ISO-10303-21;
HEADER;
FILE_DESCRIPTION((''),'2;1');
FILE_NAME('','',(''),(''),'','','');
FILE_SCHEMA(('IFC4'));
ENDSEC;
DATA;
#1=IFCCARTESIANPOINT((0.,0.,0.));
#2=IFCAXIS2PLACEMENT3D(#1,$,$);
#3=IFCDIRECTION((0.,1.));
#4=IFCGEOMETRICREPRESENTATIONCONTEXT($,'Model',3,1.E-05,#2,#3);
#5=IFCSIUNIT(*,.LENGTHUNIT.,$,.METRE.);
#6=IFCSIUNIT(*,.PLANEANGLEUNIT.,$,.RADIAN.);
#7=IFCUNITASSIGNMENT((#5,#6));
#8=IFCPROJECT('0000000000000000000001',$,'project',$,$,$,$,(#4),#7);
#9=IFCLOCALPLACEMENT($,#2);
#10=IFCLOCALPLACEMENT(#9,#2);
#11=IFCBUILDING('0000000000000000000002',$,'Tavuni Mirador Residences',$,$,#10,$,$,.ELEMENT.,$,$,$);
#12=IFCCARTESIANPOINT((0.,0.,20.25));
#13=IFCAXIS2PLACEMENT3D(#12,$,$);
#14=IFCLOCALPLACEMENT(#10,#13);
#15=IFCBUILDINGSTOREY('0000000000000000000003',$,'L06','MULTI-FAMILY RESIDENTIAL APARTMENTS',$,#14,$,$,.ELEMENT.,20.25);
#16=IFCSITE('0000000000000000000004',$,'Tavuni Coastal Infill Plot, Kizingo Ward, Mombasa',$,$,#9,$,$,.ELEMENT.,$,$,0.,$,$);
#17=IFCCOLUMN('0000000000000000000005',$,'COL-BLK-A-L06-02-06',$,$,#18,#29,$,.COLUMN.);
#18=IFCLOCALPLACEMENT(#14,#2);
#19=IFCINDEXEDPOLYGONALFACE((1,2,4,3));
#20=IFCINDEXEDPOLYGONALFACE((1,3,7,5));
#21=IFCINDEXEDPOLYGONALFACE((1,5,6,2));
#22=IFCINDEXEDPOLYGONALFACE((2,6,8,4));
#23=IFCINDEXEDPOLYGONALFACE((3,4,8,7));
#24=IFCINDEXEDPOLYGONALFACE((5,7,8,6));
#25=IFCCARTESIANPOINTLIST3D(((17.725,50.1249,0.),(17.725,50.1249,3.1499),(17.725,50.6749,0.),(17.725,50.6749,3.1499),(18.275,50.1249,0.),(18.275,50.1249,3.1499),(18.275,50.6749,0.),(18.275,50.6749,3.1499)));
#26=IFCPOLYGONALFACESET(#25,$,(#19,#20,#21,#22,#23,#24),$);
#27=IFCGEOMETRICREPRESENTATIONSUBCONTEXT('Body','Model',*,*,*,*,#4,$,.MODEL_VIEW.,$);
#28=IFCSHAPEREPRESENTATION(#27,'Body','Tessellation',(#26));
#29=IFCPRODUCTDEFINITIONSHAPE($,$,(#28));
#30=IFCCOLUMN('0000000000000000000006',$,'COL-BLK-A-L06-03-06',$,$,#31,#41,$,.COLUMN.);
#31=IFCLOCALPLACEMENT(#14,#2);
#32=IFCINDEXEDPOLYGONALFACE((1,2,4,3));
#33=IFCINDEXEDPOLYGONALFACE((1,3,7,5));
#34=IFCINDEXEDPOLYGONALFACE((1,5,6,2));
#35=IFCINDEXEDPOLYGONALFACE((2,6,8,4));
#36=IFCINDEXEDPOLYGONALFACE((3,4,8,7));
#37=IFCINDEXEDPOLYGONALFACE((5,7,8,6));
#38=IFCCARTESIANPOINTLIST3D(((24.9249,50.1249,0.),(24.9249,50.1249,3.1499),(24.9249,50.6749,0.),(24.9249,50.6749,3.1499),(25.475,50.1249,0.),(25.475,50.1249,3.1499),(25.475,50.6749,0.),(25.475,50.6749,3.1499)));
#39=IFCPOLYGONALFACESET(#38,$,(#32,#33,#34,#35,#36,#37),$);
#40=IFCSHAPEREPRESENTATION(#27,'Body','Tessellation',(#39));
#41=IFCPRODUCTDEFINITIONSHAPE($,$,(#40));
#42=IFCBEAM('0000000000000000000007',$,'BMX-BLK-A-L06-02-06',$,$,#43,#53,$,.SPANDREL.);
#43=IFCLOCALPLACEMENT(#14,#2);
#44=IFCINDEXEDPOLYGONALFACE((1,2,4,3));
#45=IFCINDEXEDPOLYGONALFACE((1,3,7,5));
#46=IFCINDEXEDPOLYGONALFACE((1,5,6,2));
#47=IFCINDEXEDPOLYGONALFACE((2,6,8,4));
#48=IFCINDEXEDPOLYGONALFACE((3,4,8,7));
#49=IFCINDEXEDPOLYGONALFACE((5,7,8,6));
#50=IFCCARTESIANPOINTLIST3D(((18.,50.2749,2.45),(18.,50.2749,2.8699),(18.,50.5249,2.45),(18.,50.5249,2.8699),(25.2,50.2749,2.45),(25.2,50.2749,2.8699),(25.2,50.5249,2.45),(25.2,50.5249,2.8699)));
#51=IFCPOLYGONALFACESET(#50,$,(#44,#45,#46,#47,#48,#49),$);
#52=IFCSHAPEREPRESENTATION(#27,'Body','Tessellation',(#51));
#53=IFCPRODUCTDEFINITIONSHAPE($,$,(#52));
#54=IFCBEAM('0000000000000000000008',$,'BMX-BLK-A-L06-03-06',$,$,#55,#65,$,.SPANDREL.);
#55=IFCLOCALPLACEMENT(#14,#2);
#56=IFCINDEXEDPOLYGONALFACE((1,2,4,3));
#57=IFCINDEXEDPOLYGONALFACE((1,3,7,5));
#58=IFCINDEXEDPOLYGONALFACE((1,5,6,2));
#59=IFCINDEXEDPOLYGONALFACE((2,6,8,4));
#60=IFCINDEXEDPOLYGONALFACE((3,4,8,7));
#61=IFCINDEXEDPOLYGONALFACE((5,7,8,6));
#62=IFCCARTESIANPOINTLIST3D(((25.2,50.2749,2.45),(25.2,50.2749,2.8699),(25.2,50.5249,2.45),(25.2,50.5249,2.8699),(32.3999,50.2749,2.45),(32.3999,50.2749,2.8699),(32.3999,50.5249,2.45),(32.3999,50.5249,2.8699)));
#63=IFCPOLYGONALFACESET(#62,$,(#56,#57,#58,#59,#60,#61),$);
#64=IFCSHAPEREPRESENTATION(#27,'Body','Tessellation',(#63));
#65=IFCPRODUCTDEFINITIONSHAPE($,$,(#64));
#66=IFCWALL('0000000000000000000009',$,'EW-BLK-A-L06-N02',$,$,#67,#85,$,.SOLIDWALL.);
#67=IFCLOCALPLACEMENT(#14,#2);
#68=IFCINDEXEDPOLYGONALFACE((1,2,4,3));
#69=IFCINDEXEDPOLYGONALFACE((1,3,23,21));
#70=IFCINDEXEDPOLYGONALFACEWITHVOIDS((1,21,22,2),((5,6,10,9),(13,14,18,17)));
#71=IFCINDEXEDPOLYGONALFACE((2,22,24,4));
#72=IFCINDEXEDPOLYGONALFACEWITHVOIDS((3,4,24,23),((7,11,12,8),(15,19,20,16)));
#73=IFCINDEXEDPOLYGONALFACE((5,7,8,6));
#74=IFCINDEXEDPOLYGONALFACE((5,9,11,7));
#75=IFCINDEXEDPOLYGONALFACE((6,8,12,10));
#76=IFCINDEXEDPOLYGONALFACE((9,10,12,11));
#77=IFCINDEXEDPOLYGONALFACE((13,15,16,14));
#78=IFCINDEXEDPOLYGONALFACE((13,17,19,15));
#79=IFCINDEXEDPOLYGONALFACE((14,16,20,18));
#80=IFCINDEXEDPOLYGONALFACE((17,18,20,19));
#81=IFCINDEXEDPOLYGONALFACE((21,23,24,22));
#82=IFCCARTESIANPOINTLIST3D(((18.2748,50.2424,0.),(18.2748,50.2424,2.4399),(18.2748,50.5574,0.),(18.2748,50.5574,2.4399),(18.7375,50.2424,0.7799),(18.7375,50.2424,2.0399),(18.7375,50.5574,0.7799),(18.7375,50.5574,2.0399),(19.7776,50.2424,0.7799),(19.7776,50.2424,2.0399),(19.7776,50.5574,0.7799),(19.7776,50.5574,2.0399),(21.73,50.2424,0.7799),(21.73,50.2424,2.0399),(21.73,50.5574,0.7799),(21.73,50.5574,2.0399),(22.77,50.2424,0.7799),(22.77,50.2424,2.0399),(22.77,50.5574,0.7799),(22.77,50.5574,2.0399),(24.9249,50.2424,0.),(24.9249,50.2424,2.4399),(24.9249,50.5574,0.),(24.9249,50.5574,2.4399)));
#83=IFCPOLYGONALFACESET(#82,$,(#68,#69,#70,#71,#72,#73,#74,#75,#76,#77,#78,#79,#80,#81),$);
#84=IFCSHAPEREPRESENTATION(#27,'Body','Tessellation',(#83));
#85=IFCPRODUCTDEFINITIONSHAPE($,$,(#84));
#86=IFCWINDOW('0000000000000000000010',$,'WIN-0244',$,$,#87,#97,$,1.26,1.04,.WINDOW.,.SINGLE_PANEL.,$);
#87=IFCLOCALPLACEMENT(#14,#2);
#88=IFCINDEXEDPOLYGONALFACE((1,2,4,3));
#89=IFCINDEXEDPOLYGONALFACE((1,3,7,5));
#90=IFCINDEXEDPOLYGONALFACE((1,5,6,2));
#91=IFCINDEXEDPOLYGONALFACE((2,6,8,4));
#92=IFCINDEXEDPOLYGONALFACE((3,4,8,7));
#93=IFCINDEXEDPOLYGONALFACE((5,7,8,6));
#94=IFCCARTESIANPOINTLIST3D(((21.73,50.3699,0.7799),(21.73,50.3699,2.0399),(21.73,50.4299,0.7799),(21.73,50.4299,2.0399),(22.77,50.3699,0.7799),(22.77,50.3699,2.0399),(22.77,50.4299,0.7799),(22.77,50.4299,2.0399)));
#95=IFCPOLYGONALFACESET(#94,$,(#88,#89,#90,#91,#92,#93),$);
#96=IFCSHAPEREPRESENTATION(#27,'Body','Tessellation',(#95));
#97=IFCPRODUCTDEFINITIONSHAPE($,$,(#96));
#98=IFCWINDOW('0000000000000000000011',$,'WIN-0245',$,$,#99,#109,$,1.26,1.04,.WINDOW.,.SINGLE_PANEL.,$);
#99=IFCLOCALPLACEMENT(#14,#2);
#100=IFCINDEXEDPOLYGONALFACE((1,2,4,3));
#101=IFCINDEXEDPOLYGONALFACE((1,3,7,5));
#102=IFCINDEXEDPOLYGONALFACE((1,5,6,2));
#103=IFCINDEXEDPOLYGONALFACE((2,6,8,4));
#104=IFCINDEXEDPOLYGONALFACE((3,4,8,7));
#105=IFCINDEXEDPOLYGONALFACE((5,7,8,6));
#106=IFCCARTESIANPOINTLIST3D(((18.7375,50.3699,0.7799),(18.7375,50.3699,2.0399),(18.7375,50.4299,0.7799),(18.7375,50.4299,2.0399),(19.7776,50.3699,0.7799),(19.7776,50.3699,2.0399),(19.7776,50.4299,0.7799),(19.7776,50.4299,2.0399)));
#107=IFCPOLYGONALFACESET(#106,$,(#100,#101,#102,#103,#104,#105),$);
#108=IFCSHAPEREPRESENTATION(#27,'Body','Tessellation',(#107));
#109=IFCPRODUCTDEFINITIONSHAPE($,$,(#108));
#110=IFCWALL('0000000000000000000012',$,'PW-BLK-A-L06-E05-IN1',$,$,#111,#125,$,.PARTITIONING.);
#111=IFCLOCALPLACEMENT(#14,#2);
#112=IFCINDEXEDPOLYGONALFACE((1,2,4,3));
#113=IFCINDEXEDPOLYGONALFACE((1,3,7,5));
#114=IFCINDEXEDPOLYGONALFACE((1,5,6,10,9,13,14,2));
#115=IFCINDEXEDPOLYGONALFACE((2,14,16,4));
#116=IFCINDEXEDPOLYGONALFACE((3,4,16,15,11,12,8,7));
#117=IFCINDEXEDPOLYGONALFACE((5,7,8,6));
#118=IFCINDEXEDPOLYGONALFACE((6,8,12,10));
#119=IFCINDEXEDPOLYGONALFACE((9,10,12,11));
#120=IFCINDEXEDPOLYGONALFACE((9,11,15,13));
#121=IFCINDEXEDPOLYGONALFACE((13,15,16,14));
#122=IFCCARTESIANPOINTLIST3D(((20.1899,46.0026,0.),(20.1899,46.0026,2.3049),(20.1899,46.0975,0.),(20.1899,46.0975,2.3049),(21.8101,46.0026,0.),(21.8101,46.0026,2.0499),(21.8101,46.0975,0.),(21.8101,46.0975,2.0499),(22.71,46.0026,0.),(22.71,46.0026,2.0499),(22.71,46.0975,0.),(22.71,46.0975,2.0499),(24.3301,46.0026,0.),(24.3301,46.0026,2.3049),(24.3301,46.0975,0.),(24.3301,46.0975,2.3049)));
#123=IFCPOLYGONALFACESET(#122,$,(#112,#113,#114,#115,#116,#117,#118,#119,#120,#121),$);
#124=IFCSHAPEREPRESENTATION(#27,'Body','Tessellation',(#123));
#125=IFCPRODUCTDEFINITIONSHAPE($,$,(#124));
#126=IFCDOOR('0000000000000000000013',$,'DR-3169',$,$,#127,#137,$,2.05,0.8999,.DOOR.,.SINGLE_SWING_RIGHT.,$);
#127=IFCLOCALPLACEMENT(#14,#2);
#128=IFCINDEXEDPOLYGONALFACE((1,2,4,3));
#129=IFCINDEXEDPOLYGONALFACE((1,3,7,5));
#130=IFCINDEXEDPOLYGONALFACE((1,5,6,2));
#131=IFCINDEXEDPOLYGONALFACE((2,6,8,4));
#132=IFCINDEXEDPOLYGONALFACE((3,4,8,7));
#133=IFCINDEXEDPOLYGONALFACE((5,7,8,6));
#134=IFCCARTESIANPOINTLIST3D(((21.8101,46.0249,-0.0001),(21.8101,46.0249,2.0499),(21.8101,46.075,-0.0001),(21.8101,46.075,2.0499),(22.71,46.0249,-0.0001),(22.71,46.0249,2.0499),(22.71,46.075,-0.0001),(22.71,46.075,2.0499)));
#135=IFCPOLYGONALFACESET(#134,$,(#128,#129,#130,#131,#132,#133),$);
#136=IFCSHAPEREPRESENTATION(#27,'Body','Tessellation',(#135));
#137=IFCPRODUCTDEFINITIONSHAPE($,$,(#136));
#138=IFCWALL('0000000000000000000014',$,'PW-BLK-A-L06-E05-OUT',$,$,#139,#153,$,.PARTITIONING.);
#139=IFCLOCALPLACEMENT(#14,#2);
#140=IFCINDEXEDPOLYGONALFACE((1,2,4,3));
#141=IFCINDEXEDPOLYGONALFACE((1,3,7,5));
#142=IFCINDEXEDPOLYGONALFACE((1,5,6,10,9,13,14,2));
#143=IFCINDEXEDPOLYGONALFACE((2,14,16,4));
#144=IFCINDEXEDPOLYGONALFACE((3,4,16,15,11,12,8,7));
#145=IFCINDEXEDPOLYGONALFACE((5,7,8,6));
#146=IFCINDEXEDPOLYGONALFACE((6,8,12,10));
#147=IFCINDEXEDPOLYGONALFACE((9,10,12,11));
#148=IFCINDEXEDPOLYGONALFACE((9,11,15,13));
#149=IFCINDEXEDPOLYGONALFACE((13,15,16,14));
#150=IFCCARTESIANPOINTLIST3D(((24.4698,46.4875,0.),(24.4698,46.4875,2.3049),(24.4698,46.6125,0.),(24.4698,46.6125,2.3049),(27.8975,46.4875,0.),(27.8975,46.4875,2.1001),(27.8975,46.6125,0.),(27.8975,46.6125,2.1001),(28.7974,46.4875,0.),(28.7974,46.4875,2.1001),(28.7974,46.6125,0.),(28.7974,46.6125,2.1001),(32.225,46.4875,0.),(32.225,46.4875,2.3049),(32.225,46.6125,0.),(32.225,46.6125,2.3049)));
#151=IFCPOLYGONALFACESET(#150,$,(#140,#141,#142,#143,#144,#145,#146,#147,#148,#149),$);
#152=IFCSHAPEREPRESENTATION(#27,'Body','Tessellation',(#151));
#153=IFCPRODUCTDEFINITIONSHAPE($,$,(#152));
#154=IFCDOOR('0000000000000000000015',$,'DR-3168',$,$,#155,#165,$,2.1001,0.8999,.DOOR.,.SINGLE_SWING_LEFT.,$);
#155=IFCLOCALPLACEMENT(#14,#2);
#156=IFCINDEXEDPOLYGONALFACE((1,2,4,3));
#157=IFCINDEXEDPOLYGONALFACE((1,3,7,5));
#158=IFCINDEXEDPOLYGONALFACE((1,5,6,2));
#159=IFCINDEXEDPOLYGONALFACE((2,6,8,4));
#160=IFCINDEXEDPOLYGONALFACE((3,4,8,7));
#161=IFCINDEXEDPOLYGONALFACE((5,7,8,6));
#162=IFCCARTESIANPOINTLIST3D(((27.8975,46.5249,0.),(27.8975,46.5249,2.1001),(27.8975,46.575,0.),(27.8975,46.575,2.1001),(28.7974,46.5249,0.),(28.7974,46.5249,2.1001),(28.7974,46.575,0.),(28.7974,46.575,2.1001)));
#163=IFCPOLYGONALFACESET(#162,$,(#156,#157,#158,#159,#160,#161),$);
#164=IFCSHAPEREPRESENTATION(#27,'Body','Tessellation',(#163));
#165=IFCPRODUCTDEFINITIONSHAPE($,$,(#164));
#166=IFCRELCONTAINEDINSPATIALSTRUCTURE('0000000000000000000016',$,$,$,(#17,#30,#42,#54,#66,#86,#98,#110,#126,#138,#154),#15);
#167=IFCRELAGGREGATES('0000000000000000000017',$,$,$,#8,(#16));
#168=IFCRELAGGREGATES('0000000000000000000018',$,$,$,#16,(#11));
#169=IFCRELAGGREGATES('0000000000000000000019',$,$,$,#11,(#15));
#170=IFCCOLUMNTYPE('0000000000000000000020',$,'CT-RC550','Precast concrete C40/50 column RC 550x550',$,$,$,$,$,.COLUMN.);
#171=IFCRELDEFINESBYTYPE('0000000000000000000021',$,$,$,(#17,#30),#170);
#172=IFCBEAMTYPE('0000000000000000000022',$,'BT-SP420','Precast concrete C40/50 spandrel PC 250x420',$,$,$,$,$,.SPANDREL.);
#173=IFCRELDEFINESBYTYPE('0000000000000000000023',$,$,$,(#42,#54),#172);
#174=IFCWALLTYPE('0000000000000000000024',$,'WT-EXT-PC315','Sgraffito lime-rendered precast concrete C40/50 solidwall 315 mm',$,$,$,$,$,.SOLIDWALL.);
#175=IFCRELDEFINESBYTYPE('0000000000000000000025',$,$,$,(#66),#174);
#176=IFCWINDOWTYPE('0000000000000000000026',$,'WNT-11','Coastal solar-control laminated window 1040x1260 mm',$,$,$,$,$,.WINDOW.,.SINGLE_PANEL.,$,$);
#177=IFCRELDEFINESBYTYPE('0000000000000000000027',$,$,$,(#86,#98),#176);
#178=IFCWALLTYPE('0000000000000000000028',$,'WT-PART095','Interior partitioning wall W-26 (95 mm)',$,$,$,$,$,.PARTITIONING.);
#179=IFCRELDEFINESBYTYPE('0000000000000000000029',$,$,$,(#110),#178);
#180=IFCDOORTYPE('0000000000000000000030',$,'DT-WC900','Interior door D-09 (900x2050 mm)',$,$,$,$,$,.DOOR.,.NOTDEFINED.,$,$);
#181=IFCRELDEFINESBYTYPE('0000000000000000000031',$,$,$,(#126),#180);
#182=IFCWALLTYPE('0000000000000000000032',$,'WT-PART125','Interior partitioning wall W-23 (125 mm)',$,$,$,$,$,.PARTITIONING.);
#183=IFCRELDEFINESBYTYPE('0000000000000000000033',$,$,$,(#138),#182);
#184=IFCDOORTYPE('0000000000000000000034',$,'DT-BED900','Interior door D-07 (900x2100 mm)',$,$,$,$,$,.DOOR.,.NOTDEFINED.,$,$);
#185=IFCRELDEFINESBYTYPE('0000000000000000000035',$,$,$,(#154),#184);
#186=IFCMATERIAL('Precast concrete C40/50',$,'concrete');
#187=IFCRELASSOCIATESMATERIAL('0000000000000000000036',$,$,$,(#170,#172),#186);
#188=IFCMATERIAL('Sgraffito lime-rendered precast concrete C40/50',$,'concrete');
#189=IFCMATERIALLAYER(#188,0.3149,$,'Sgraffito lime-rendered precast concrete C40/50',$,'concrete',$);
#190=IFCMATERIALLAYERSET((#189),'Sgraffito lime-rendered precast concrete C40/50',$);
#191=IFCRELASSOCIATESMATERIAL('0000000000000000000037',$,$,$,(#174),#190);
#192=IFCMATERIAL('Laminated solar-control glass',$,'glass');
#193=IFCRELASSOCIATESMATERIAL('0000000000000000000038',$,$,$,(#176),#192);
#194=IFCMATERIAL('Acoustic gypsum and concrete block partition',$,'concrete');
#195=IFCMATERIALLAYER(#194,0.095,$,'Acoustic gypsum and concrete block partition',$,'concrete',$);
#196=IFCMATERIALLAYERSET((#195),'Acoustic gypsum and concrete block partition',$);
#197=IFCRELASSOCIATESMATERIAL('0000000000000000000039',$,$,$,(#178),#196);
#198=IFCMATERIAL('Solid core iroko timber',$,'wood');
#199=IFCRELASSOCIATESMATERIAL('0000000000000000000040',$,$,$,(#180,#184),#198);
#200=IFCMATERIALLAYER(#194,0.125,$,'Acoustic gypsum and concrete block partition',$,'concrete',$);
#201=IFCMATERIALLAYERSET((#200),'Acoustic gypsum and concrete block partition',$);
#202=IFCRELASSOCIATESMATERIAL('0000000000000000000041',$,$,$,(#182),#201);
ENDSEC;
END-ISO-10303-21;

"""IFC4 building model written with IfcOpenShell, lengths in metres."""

from ifc_helpers import new_model, si_unit, direction, frame, frame_2d, origin, origin_2d, place, context, subcontext, project, spatial, rectangle, extrude, material, layer, layer_set, material_profile, profile_set, type_object, element, fill, save


model = new_model("IFC4")

# Units and contexts
model_context = context("Model", 3, precision=1e-05, world=origin(), true_north=direction((0.0, 1.0)))
body_context = subcontext(model_context, "Body", "Model", "MODEL_VIEW")
ifc_project = project(units=[si_unit("LENGTHUNIT", "METRE"), si_unit("PLANEANGLEUNIT", "RADIAN")], contexts=[model_context])

# Site, building, storey
site_placement = place(None, origin())
site = spatial("IfcSite", under=ifc_project, at=site_placement, Name="Tavuni Coastal Infill Plot, Kizingo Ward, Mombasa", CompositionType="ELEMENT", RefElevation=0.0)
building_placement = place(site_placement, origin())
building = spatial("IfcBuilding", under=site, at=building_placement, Name="Tavuni Mirador Residences", CompositionType="ELEMENT")
storey_placement = place(building_placement, frame((0.0, 0.0, 20.25)))
storey = spatial("IfcBuildingStorey", under=building, at=storey_placement, Name="L06", Description="MULTI-FAMILY RESIDENTIAL APARTMENTS", CompositionType="ELEMENT", Elevation=20.25)

# Columns
ifc_material_1 = material(Name="Precast concrete C40/50", Category="concrete")
ifc_material_profile_1 = material_profile(ifc_material_1, rectangle(XDim=0.55, YDim=0.55, at=origin_2d()), Name="RC 550x550", Category="concrete")
ifc_profile_set_1 = profile_set([ifc_material_profile_1], Name="Precast concrete C40/50")
column_type = type_object("IfcColumnType", Name="CT-RC550", Description="Precast concrete C40/50 column RC 550x550", PredefinedType="COLUMN", material=ifc_profile_set_1)
for number, where, z_axis, x_axis, name in (
    (1, (18.0, 50.3999, 0.0), (0.0, 0.0, 1.0), (1.0, 0.0, 0.0), "COL-BLK-A-L06-02-06"),
    (2, (25.2, 50.3999, 0.0), (0.0, 0.0, 1.0), (1.0, 0.0, 0.0), "COL-BLK-A-L06-03-06"),
):
    element("IfcColumn", number, at=place(storey_placement, frame(where, z_axis=z_axis, x_axis=x_axis)), inside=storey, type_object=column_type, Name=name, PredefinedType="COLUMN", context=body_context, shape_type="SweptSolid", body=[
        extrude(rectangle(XDim=0.55, YDim=0.55, at=origin_2d()), origin(), (0.0, 0.0, 1.0), 3.1499),
    ])

# Beams
ifc_material_profile_2 = material_profile(ifc_material_1, rectangle(XDim=0.25, YDim=0.4199, at=origin_2d()), Name="PC 250x420", Category="concrete")
ifc_profile_set_2 = profile_set([ifc_material_profile_2], Name="Precast concrete C40/50")
beam_type = type_object("IfcBeamType", Name="BT-SP420", Description="Precast concrete C40/50 spandrel PC 250x420", PredefinedType="SPANDREL", material=ifc_profile_set_2)
for number, where, z_axis, x_axis, name in (
    (3, (18.0, 50.3999, 2.6599), (1.0, 0.0, 0.0), (0.0, 1.0, 0.0), "BMX-BLK-A-L06-02-06"),
    (4, (25.2, 50.3999, 2.6599), (1.0, 0.0, 0.0), (0.0, 1.0, 0.0), "BMX-BLK-A-L06-03-06"),
):
    element("IfcBeam", number, at=place(storey_placement, frame(where, z_axis=z_axis, x_axis=x_axis)), inside=storey, type_object=beam_type, Name=name, PredefinedType="SPANDREL", context=body_context, shape_type="SweptSolid", body=[
        extrude(rectangle(XDim=0.25, YDim=0.4199, at=origin_2d()), origin(), (0.0, 0.0, 1.0), 7.2),
    ])

# Wall, openings, windows
ifc_material_2 = material(Name="Sgraffito lime-rendered precast concrete C40/50", Category="concrete")
ifc_layer_1 = layer(ifc_material_2, 0.3149, Name="Sgraffito lime-rendered precast concrete C40/50", Category="concrete")
ifc_layer_set_1 = layer_set([ifc_layer_1], Name="Sgraffito lime-rendered precast concrete C40/50")
wall_type_1 = type_object("IfcWallType", Name="WT-EXT-PC315", Description="Sgraffito lime-rendered precast concrete C40/50 solidwall 315 mm", PredefinedType="SOLIDWALL", material=ifc_layer_set_1)
wall_1_placement = place(storey_placement, frame((24.925, 50.3999, 0.0), z_axis=(0.0, 0.0, 1.0), x_axis=(-1.0, 0.0, 0.0)))
wall_1 = element("IfcWall", 5, at=wall_1_placement, inside=storey, type_object=wall_type_1, Name="EW-BLK-A-L06-N02", PredefinedType="SOLIDWALL", context=body_context, shape_type="SweptSolid", body=[
    extrude(rectangle(XDim=6.6501, YDim=0.3149, at=frame_2d((3.3252, 0.0))), origin(), (0.0, 0.0, 1.0), 2.4399),
])
opening_1_placement = place(wall_1_placement, frame((2.155, 0.0, 0.78)))
opening_1 = element("IfcOpeningElement", 6, at=opening_1_placement, cuts=wall_1, PredefinedType="OPENING", context=body_context, shape_type="SweptSolid", body=[
    extrude(rectangle(XDim=1.04, YDim=1.26, at=frame_2d((0.52, 0.6299))), frame((0.0, 0.1675, 0.0), z_axis=(0.0, -1.0, 0.0), x_axis=(1.0, 0.0, 0.0)), (0.0, 0.0, 1.0), 0.335),
])
opening_2_placement = place(wall_1_placement, frame((5.1475, 0.0, 0.78)))
opening_2 = element("IfcOpeningElement", 7, at=opening_2_placement, cuts=wall_1, PredefinedType="OPENING", context=body_context, shape_type="SweptSolid", body=[
    extrude(rectangle(XDim=1.04, YDim=1.26, at=frame_2d((0.52, 0.6299))), frame((0.0, 0.1675, 0.0), z_axis=(0.0, -1.0, 0.0), x_axis=(1.0, 0.0, 0.0)), (0.0, 0.0, 1.0), 0.335),
])
ifc_material_3 = material(Name="Laminated solar-control glass", Category="glass")
window_type = type_object("IfcWindowType", Name="WNT-11", Description="Coastal solar-control laminated window 1040x1260 mm", PartitioningType="SINGLE_PANEL", PredefinedType="WINDOW", material=ifc_material_3)
window_1_placement = place(opening_1_placement, origin())
window_1 = element("IfcWindow", 8, at=window_1_placement, inside=storey, type_object=window_type, Name="WIN-0244", OverallHeight=1.26, OverallWidth=1.04, PartitioningType="SINGLE_PANEL", PredefinedType="WINDOW", context=body_context, shape_type="SweptSolid", body=[
    extrude(rectangle(XDim=1.04, YDim=1.26, at=frame_2d((0.52, 0.6299))), frame((0.0, 0.03, 0.0), z_axis=(0.0, -1.0, 0.0), x_axis=(1.0, 0.0, 0.0)), (0.0, 0.0, 1.0), 0.0601),
])
fill(opening_1, window_1)
window_2_placement = place(opening_2_placement, origin())
window_2 = element("IfcWindow", 9, at=window_2_placement, inside=storey, type_object=window_type, Name="WIN-0245", OverallHeight=1.26, OverallWidth=1.04, PartitioningType="SINGLE_PANEL", PredefinedType="WINDOW", context=body_context, shape_type="SweptSolid", body=[
    extrude(rectangle(XDim=1.04, YDim=1.26, at=frame_2d((0.52, 0.6299))), frame((0.0, 0.03, 0.0), z_axis=(0.0, -1.0, 0.0), x_axis=(1.0, 0.0, 0.0)), (0.0, 0.0, 1.0), 0.0601),
])
fill(opening_2, window_2)

# Walls, openings, doors
ifc_material_4 = material(Name="Acoustic gypsum and concrete block partition", Category="concrete")
ifc_layer_2 = layer(ifc_material_4, 0.095, Name="Acoustic gypsum and concrete block partition", Category="concrete")
ifc_layer_set_2 = layer_set([ifc_layer_2], Name="Acoustic gypsum and concrete block partition")
wall_type_2 = type_object("IfcWallType", Name="WT-PART095", Description="Interior partitioning wall W-26 (95 mm)", PredefinedType="PARTITIONING", material=ifc_layer_set_2)
wall_2_placement = place(storey_placement, frame((20.1899, 46.05, 0.0), z_axis=(0.0, 0.0, 1.0), x_axis=(1.0, 0.0, 0.0)))
wall_2 = element("IfcWall", 10, at=wall_2_placement, inside=storey, type_object=wall_type_2, Name="PW-BLK-A-L06-E05-IN1", PredefinedType="PARTITIONING", context=body_context, shape_type="SweptSolid", body=[
    extrude(rectangle(XDim=4.1401, YDim=0.095, at=frame_2d((2.0701, 0.0))), origin(), (0.0, 0.0, 1.0), 2.3049),
])
opening_3_placement = place(wall_2_placement, frame((1.6201, 0.0, 0.0)))
opening_3 = element("IfcOpeningElement", 11, at=opening_3_placement, cuts=wall_2, PredefinedType="OPENING", context=body_context, shape_type="SweptSolid", body=[
    extrude(rectangle(XDim=0.8999, YDim=2.05, at=frame_2d((0.45, 1.0249))), frame((0.0, 0.0576, 0.0), z_axis=(0.0, -1.0, 0.0), x_axis=(1.0, 0.0, 0.0)), (0.0, 0.0, 1.0), 0.115),
])
ifc_material_5 = material(Name="Solid core iroko timber", Category="wood")
door_type_1 = type_object("IfcDoorType", Name="DT-WC900", Description="Interior door D-09 (900x2050 mm)", OperationType="NOTDEFINED", PredefinedType="DOOR", material=ifc_material_5)
door_1_placement = place(opening_3_placement, origin())
door_1 = element("IfcDoor", 12, at=door_1_placement, inside=storey, type_object=door_type_1, Name="DR-3169", OperationType="SINGLE_SWING_RIGHT", OverallHeight=2.05, OverallWidth=0.8999, PredefinedType="DOOR", context=body_context, shape_type="SweptSolid", body=[
    extrude(rectangle(XDim=0.8999, YDim=2.05, at=frame_2d((0.45, 1.0249))), frame((0.0, 0.0249, 0.0), z_axis=(0.0, -1.0, 0.0), x_axis=(1.0, 0.0, 0.0)), (0.0, 0.0, 1.0), 0.05),
])
fill(opening_3, door_1)
ifc_layer_3 = layer(ifc_material_4, 0.125, Name="Acoustic gypsum and concrete block partition", Category="concrete")
ifc_layer_set_3 = layer_set([ifc_layer_3], Name="Acoustic gypsum and concrete block partition")
wall_type_3 = type_object("IfcWallType", Name="WT-PART125", Description="Interior partitioning wall W-23 (125 mm)", PredefinedType="PARTITIONING", material=ifc_layer_set_3)
wall_3_placement = place(storey_placement, frame((24.47, 46.55, 0.0), z_axis=(0.0, 0.0, 1.0), x_axis=(1.0, 0.0, 0.0)))
wall_3 = element("IfcWall", 13, at=wall_3_placement, inside=storey, type_object=wall_type_3, Name="PW-BLK-A-L06-E05-OUT", PredefinedType="PARTITIONING", context=body_context, shape_type="SweptSolid", body=[
    extrude(rectangle(XDim=7.7551, YDim=0.125, at=frame_2d((3.8774, 0.0))), origin(), (0.0, 0.0, 1.0), 2.3049),
])
opening_4_placement = place(wall_3_placement, frame((3.4275, 0.0, 0.0)))
opening_4 = element("IfcOpeningElement", 14, at=opening_4_placement, cuts=wall_3, PredefinedType="OPENING", context=body_context, shape_type="SweptSolid", body=[
    extrude(rectangle(XDim=0.8999, YDim=2.1001, at=frame_2d((0.45, 1.05))), frame((0.0, 0.0725, 0.0), z_axis=(0.0, -1.0, 0.0), x_axis=(1.0, 0.0, 0.0)), (0.0, 0.0, 1.0), 0.145),
])
door_type_2 = type_object("IfcDoorType", Name="DT-BED900", Description="Interior door D-07 (900x2100 mm)", OperationType="NOTDEFINED", PredefinedType="DOOR", material=ifc_material_5)
door_2_placement = place(opening_4_placement, origin())
door_2 = element("IfcDoor", 15, at=door_2_placement, inside=storey, type_object=door_type_2, Name="DR-3168", OperationType="SINGLE_SWING_LEFT", OverallHeight=2.1001, OverallWidth=0.8999, PredefinedType="DOOR", context=body_context, shape_type="SweptSolid", body=[
    extrude(rectangle(XDim=0.8999, YDim=2.1001, at=frame_2d((0.45, 1.05))), frame((0.0, 0.0249, 0.0), z_axis=(0.0, -1.0, 0.0), x_axis=(1.0, 0.0, 0.0)), (0.0, 0.0, 1.0), 0.05),
])
fill(opening_4, door_2)

save(model, "model.ifc")
